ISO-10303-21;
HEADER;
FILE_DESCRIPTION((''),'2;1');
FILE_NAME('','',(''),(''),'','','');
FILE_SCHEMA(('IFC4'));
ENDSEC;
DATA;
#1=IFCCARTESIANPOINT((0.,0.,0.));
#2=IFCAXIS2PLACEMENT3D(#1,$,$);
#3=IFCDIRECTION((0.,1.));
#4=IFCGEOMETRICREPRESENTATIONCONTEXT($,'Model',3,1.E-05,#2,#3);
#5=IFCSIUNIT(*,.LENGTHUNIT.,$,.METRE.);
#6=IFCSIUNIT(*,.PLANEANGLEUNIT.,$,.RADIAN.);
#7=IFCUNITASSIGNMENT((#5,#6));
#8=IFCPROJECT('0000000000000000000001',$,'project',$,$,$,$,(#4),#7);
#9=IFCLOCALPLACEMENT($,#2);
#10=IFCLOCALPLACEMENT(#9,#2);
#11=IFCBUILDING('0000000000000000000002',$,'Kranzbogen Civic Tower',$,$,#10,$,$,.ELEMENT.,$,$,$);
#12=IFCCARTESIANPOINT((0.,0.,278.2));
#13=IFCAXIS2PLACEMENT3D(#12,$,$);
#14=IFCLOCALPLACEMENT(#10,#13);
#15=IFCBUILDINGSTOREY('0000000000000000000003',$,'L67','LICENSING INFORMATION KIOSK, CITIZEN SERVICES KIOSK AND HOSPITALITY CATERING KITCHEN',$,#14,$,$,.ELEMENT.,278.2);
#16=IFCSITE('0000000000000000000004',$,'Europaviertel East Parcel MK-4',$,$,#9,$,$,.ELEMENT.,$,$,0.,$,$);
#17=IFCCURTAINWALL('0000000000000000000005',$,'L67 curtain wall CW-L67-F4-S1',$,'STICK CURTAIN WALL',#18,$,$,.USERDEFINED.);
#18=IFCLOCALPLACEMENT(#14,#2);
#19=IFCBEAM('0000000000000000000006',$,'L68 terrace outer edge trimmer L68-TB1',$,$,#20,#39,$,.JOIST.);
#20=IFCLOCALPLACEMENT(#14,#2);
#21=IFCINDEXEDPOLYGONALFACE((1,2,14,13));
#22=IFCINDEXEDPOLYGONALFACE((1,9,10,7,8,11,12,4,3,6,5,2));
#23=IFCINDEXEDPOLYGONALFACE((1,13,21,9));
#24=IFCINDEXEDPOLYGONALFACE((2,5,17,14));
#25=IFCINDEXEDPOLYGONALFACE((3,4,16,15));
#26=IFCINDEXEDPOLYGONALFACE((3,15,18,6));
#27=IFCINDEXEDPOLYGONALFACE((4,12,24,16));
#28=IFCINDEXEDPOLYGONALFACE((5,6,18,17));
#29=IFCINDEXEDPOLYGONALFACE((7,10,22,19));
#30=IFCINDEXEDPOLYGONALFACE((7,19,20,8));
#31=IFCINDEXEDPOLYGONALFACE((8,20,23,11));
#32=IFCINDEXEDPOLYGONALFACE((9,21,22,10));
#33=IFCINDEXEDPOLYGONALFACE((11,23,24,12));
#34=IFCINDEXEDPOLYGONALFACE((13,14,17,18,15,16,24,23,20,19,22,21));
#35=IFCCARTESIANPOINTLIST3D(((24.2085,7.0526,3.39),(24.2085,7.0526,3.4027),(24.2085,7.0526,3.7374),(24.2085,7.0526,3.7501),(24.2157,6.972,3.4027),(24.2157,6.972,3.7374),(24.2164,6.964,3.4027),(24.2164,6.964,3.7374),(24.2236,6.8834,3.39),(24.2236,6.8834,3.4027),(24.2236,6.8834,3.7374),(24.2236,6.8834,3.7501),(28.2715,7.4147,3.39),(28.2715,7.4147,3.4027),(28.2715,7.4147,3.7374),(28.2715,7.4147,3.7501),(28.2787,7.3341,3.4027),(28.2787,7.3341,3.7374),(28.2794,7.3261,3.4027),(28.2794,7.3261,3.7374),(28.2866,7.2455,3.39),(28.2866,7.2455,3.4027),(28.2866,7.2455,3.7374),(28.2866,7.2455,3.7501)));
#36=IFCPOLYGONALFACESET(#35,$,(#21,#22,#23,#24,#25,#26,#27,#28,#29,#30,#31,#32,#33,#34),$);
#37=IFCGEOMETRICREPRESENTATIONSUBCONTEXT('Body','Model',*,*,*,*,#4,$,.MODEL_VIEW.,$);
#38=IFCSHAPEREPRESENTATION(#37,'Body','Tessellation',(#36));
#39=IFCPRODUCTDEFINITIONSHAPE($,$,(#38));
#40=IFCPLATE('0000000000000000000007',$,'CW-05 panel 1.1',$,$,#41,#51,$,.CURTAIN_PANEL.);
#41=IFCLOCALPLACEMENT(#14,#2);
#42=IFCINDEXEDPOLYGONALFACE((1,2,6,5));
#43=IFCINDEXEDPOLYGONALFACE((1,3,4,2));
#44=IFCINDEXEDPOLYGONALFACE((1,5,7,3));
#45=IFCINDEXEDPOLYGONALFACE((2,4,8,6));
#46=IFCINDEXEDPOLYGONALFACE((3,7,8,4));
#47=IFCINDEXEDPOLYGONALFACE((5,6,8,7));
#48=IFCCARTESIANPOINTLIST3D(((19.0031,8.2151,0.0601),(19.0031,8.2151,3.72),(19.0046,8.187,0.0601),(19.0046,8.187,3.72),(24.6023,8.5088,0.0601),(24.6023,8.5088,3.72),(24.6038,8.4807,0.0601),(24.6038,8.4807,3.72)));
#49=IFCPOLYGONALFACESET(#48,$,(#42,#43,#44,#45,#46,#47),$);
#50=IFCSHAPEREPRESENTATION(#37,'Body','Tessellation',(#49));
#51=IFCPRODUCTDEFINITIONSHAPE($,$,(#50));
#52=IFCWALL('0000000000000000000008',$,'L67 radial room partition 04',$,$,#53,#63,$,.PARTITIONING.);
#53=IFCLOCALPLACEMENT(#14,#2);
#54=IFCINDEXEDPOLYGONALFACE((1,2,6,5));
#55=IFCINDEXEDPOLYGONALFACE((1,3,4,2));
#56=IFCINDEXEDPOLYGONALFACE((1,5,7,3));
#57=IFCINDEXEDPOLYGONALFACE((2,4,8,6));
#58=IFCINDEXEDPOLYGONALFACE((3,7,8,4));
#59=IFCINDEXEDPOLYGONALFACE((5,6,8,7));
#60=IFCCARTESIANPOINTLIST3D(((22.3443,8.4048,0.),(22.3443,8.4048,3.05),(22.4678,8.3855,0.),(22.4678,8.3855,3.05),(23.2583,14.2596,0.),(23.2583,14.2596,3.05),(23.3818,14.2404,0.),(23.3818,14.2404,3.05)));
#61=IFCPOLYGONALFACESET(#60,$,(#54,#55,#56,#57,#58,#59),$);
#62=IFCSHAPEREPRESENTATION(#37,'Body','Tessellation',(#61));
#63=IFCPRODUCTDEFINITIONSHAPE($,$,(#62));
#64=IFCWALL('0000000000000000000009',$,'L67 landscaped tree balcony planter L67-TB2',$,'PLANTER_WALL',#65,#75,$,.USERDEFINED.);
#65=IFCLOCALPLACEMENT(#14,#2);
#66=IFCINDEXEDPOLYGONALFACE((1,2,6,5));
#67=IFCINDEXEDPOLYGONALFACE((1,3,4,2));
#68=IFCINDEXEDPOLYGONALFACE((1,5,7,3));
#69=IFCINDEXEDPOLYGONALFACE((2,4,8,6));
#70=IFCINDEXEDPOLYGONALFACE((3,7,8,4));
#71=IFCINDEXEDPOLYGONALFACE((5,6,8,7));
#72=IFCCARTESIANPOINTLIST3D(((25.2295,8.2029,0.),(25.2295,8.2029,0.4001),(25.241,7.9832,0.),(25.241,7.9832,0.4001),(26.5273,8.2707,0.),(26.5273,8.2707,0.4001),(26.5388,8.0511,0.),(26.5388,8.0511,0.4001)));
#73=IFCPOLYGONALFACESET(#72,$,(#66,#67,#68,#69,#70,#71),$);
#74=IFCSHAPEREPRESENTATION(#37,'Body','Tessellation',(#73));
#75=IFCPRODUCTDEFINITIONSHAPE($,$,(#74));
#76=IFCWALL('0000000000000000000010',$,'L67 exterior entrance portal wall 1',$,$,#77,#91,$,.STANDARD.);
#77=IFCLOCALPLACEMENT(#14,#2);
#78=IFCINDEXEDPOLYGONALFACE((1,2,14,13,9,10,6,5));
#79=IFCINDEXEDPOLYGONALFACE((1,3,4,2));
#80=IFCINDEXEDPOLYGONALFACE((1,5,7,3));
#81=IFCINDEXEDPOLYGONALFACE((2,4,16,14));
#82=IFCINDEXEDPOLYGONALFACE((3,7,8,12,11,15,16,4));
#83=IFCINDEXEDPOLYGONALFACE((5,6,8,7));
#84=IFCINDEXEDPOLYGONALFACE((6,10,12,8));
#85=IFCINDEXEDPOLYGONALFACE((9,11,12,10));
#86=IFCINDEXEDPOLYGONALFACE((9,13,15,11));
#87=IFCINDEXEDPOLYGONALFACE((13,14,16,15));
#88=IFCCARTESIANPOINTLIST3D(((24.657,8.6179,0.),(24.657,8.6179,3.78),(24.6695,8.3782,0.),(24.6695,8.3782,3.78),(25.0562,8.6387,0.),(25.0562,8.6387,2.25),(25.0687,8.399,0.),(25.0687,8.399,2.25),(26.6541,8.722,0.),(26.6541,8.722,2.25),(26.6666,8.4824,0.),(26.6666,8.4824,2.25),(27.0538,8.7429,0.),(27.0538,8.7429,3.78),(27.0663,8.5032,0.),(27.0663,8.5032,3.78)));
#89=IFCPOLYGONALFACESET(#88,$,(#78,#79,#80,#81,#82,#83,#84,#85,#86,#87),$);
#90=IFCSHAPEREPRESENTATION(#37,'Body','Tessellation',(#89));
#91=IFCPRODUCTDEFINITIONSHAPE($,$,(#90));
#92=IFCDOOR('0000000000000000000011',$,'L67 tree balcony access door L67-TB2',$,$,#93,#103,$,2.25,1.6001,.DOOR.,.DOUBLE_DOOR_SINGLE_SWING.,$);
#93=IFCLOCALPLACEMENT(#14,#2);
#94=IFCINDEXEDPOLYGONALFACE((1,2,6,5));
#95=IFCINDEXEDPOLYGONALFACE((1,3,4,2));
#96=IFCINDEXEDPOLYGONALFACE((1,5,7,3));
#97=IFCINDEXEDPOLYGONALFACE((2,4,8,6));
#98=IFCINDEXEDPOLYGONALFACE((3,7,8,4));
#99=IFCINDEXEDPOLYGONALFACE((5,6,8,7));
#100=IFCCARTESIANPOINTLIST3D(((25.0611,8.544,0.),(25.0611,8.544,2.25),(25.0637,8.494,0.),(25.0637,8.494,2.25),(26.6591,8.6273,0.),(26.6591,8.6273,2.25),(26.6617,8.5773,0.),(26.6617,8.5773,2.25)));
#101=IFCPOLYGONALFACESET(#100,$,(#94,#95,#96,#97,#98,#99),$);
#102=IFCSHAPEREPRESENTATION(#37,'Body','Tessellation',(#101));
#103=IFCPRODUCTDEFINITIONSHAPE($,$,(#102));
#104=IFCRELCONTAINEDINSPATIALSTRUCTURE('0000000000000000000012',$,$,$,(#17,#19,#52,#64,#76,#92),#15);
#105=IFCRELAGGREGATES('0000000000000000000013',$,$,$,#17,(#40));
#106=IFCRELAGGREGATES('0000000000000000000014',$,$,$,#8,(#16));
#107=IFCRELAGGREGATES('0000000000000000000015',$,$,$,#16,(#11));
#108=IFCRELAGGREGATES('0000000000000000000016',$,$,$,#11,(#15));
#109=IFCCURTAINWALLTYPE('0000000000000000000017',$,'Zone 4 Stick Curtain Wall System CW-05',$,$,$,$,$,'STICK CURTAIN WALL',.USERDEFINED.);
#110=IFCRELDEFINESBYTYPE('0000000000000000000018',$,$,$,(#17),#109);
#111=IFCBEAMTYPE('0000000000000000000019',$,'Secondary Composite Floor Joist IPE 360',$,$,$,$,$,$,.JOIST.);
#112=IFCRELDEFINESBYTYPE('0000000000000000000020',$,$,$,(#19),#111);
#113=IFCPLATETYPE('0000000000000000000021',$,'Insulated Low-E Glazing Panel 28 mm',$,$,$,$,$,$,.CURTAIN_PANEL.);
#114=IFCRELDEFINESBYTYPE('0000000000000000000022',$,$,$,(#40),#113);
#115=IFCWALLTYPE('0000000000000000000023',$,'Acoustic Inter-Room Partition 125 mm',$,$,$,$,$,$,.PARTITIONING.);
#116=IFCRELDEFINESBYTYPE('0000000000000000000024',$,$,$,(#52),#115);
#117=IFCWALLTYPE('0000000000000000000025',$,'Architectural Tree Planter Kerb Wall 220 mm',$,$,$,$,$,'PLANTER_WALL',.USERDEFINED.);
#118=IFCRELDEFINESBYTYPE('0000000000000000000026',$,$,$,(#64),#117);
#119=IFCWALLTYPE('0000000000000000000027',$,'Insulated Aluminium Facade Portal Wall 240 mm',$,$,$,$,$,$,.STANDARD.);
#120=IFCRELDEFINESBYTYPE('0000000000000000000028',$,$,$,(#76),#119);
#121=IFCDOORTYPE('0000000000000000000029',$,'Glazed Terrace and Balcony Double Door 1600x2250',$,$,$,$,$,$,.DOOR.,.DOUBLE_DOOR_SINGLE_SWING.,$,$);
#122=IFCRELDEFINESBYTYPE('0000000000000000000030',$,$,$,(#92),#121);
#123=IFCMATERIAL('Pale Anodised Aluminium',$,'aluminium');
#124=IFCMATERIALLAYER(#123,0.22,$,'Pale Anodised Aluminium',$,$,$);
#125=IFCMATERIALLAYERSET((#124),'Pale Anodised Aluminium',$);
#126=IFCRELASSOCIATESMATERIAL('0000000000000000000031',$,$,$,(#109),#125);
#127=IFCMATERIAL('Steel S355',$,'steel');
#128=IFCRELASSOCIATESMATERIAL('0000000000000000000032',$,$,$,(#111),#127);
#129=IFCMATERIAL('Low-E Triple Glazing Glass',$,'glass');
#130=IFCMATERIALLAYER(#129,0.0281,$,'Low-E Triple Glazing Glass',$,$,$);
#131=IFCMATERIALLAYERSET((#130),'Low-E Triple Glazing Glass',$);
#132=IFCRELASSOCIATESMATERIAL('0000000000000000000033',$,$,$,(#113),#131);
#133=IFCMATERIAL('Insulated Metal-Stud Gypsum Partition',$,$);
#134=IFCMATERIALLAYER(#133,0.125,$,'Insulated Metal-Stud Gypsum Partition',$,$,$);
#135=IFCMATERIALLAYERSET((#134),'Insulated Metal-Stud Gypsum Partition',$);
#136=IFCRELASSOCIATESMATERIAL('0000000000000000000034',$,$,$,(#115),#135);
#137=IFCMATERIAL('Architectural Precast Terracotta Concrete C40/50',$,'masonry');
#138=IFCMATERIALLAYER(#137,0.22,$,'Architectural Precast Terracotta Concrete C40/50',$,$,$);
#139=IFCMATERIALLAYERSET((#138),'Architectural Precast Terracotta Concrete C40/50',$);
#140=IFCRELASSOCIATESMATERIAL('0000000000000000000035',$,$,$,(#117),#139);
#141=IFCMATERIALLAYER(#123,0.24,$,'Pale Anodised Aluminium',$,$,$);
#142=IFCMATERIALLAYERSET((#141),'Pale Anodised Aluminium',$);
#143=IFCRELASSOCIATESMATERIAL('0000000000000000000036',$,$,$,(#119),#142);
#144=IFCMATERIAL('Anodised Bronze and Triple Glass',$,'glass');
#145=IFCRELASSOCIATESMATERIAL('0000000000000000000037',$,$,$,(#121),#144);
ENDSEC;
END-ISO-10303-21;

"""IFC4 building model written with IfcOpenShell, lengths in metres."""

from ifc_helpers import new_model, si_unit, direction, frame, frame_2d, origin, origin_2d, place, context, subcontext, project, spatial, rectangle, i_section, extrude, material, layer, layer_set, material_profile, profile_set, type_object, element, fill, aggregate, save


model = new_model("IFC4")

# Units and contexts
model_context = context("Model", 3, precision=1e-05, world=origin(), true_north=direction((0.0, 1.0)))
body_context = subcontext(model_context, "Body", "Model", "MODEL_VIEW")
ifc_project = project(units=[si_unit("LENGTHUNIT", "METRE"), si_unit("PLANEANGLEUNIT", "RADIAN")], contexts=[model_context])

# Site, building, storey
site_placement = place(None, origin())
site = spatial("IfcSite", under=ifc_project, at=site_placement, Name="Europaviertel East Parcel MK-4", CompositionType="ELEMENT", RefElevation=0.0)
building_placement = place(site_placement, origin())
building = spatial("IfcBuilding", under=site, at=building_placement, Name="Kranzbogen Civic Tower", CompositionType="ELEMENT")
storey_placement = place(building_placement, frame((0.0, 0.0, 278.2)))
storey = spatial("IfcBuildingStorey", under=building, at=storey_placement, Name="L67", Description="LICENSING INFORMATION KIOSK, CITIZEN SERVICES KIOSK AND HOSPITALITY CATERING KITCHEN", CompositionType="ELEMENT", Elevation=278.2)

# Shared definitions
ifc_material_1 = material(Name="Steel S355", Category="steel")

# Curtain wall
ifc_material_2 = material(Name="Pale Anodised Aluminium", Category="aluminium")
ifc_layer_1 = layer(ifc_material_2, 0.22, Name="Pale Anodised Aluminium")
ifc_layer_set_1 = layer_set([ifc_layer_1], Name="Pale Anodised Aluminium")
curtain_wall_type = type_object("IfcCurtainWallType", Name="Zone 4 Stick Curtain Wall System CW-05", ElementType="STICK CURTAIN WALL", PredefinedType="USERDEFINED", material=ifc_layer_set_1)
curtain_wall_1_placement = place(storey_placement, origin())
curtain_wall_1 = element("IfcCurtainWall", 1, at=curtain_wall_1_placement, inside=storey, type_object=curtain_wall_type, Name="L67 curtain wall CW-L67-F4-S1", ObjectType="STICK CURTAIN WALL", PredefinedType="USERDEFINED")

# Beam
ifc_material_profile_1 = material_profile(ifc_material_1, i_section(OverallWidth=0.1699, OverallDepth=0.3601, WebThickness=0.0081, FlangeThickness=0.0127, at=origin_2d()), Name="IPE 360")
ifc_profile_set_1 = profile_set([ifc_material_profile_1], Name="Steel S355")
beam_type_1 = type_object("IfcBeamType", Name="Secondary Composite Floor Joist IPE 360", PredefinedType="JOIST", material=ifc_profile_set_1)
beam_1_placement = place(storey_placement, frame((24.2161, 6.968, 3.5701), z_axis=(0.996053, 0.08876, 0.0), x_axis=(-0.08876, 0.996053, 0.0)))
element("IfcBeam", 2, at=beam_1_placement, inside=storey, type_object=beam_type_1, Name="L68 terrace outer edge trimmer L68-TB1", PredefinedType="JOIST", context=body_context, shape_type="SweptSolid", body=[
    extrude(i_section(OverallWidth=0.1699, OverallDepth=0.3601, WebThickness=0.0081, FlangeThickness=0.0127, at=origin_2d()), origin(), (0.0, 0.0, 1.0), 4.0791),
])

# Plate
ifc_material_3 = material(Name="Low-E Triple Glazing Glass", Category="glass")
ifc_layer_2 = layer(ifc_material_3, 0.0281, Name="Low-E Triple Glazing Glass")
ifc_layer_set_2 = layer_set([ifc_layer_2], Name="Low-E Triple Glazing Glass")
plate_type = type_object("IfcPlateType", Name="Insulated Low-E Glazing Panel 28 mm", PredefinedType="CURTAIN_PANEL", material=ifc_layer_set_2)
plate_placement = place(storey_placement, frame((21.8035, 8.3479, 0.0601), z_axis=(0.0, 0.0, 1.0), x_axis=(0.998627, 0.052385, 0.0)))
plate = element("IfcPlate", 3, at=plate_placement, type_object=plate_type, Name="CW-05 panel 1.1", PredefinedType="CURTAIN_PANEL", context=body_context, shape_type="SweptSolid", body=[
    extrude(rectangle(XDim=5.6069, YDim=0.0281, at=origin_2d()), origin(), (0.0, 0.0, 1.0), 3.6599),
])
aggregate(curtain_wall_1, [plate])

# Walls
ifc_material_4 = material(Name="Insulated Metal-Stud Gypsum Partition")
ifc_layer_3 = layer(ifc_material_4, 0.125, Name="Insulated Metal-Stud Gypsum Partition")
ifc_layer_set_3 = layer_set([ifc_layer_3], Name="Insulated Metal-Stud Gypsum Partition")
wall_type_1 = type_object("IfcWallType", Name="Acoustic Inter-Room Partition 125 mm", PredefinedType="PARTITIONING", material=ifc_layer_set_3)
wall_1_placement = place(storey_placement, frame((23.3201, 14.25, 0.0), z_axis=(0.0, 0.0, 1.0), x_axis=(-0.154249, -0.988032, 0.0)))
element("IfcWall", 4, at=wall_1_placement, inside=storey, type_object=wall_type_1, Name="L67 radial room partition 04", PredefinedType="PARTITIONING", context=body_context, shape_type="SweptSolid", body=[
    extrude(rectangle(XDim=5.9258, YDim=0.125, at=frame_2d((2.9629, 0.0))), origin(), (0.0, 0.0, 1.0), 3.05),
])
ifc_material_5 = material(Name="Architectural Precast Terracotta Concrete C40/50", Category="masonry")
ifc_layer_4 = layer(ifc_material_5, 0.22, Name="Architectural Precast Terracotta Concrete C40/50")
ifc_layer_set_4 = layer_set([ifc_layer_4], Name="Architectural Precast Terracotta Concrete C40/50")
wall_type_2 = type_object("IfcWallType", Name="Architectural Tree Planter Kerb Wall 220 mm", ElementType="PLANTER_WALL", PredefinedType="USERDEFINED", material=ifc_layer_set_4)
wall_2_placement = place(storey_placement, frame((25.2351, 8.093, 0.0), z_axis=(0.0, 0.0, 1.0), x_axis=(0.998635, 0.052224, 0.0)))
element("IfcWall", 5, at=wall_2_placement, inside=storey, type_object=wall_type_2, Name="L67 landscaped tree balcony planter L67-TB2", ObjectType="PLANTER_WALL", PredefinedType="USERDEFINED", context=body_context, shape_type="SweptSolid", body=[
    extrude(rectangle(XDim=1.2996, YDim=0.22, at=frame_2d((0.6499, 0.0))), origin(), (0.0, 0.0, 1.0), 0.4001),
])

# Wall, opening, door
ifc_layer_5 = layer(ifc_material_2, 0.24, Name="Pale Anodised Aluminium")
ifc_layer_set_5 = layer_set([ifc_layer_5], Name="Pale Anodised Aluminium")
wall_type_3 = type_object("IfcWallType", Name="Insulated Aluminium Facade Portal Wall 240 mm", PredefinedType="STANDARD", material=ifc_layer_set_5)
wall_3_placement = place(storey_placement, frame((24.6631, 8.498, 0.0), z_axis=(0.0, 0.0, 1.0), x_axis=(0.998643, 0.052078, 0.0)))
wall_3 = element("IfcWall", 6, at=wall_3_placement, inside=storey, type_object=wall_type_3, Name="L67 exterior entrance portal wall 1", PredefinedType="STANDARD", context=body_context, shape_type="SweptSolid", body=[
    extrude(rectangle(XDim=2.4001, YDim=0.24, at=frame_2d((1.2002, 0.0))), origin(), (0.0, 0.0, 1.0), 3.78),
])
opening_placement = place(wall_3_placement, frame((0.3999, 0.0, 0.0)))
opening = element("IfcOpeningElement", 7, at=opening_placement, cuts=wall_3, PredefinedType="OPENING", context=body_context, shape_type="SweptSolid", body=[
    extrude(rectangle(XDim=1.6001, YDim=2.25, at=frame_2d((0.8, 1.125))), frame((0.0, 0.1299, 0.0), z_axis=(0.0, -1.0, 0.0), x_axis=(1.0, 0.0, 0.0)), (0.0, 0.0, 1.0), 0.26),
])
ifc_material_6 = material(Name="Anodised Bronze and Triple Glass", Category="glass")
door_type = type_object("IfcDoorType", Name="Glazed Terrace and Balcony Double Door 1600x2250", OperationType="DOUBLE_DOOR_SINGLE_SWING", PredefinedType="DOOR", material=ifc_material_6)
door_placement = place(opening_placement, frame((1.6001, 0.0, 0.0), z_axis=(0.0, 0.0, 1.0), x_axis=(-1.0, 0.0, 0.0)))
door = element("IfcDoor", 8, at=door_placement, inside=storey, type_object=door_type, Name="L67 tree balcony access door L67-TB2", OperationType="DOUBLE_DOOR_SINGLE_SWING", OverallHeight=2.25, OverallWidth=1.6001, PredefinedType="DOOR", context=body_context, shape_type="SweptSolid", body=[
    extrude(rectangle(XDim=1.6001, YDim=2.25, at=frame_2d((0.8, 1.125))), frame((0.0, 0.0249, 0.0), z_axis=(0.0, -1.0, 0.0), x_axis=(1.0, 0.0, 0.0)), (0.0, 0.0, 1.0), 0.05),
])
fill(opening, door)

save(model, "model.ifc")
